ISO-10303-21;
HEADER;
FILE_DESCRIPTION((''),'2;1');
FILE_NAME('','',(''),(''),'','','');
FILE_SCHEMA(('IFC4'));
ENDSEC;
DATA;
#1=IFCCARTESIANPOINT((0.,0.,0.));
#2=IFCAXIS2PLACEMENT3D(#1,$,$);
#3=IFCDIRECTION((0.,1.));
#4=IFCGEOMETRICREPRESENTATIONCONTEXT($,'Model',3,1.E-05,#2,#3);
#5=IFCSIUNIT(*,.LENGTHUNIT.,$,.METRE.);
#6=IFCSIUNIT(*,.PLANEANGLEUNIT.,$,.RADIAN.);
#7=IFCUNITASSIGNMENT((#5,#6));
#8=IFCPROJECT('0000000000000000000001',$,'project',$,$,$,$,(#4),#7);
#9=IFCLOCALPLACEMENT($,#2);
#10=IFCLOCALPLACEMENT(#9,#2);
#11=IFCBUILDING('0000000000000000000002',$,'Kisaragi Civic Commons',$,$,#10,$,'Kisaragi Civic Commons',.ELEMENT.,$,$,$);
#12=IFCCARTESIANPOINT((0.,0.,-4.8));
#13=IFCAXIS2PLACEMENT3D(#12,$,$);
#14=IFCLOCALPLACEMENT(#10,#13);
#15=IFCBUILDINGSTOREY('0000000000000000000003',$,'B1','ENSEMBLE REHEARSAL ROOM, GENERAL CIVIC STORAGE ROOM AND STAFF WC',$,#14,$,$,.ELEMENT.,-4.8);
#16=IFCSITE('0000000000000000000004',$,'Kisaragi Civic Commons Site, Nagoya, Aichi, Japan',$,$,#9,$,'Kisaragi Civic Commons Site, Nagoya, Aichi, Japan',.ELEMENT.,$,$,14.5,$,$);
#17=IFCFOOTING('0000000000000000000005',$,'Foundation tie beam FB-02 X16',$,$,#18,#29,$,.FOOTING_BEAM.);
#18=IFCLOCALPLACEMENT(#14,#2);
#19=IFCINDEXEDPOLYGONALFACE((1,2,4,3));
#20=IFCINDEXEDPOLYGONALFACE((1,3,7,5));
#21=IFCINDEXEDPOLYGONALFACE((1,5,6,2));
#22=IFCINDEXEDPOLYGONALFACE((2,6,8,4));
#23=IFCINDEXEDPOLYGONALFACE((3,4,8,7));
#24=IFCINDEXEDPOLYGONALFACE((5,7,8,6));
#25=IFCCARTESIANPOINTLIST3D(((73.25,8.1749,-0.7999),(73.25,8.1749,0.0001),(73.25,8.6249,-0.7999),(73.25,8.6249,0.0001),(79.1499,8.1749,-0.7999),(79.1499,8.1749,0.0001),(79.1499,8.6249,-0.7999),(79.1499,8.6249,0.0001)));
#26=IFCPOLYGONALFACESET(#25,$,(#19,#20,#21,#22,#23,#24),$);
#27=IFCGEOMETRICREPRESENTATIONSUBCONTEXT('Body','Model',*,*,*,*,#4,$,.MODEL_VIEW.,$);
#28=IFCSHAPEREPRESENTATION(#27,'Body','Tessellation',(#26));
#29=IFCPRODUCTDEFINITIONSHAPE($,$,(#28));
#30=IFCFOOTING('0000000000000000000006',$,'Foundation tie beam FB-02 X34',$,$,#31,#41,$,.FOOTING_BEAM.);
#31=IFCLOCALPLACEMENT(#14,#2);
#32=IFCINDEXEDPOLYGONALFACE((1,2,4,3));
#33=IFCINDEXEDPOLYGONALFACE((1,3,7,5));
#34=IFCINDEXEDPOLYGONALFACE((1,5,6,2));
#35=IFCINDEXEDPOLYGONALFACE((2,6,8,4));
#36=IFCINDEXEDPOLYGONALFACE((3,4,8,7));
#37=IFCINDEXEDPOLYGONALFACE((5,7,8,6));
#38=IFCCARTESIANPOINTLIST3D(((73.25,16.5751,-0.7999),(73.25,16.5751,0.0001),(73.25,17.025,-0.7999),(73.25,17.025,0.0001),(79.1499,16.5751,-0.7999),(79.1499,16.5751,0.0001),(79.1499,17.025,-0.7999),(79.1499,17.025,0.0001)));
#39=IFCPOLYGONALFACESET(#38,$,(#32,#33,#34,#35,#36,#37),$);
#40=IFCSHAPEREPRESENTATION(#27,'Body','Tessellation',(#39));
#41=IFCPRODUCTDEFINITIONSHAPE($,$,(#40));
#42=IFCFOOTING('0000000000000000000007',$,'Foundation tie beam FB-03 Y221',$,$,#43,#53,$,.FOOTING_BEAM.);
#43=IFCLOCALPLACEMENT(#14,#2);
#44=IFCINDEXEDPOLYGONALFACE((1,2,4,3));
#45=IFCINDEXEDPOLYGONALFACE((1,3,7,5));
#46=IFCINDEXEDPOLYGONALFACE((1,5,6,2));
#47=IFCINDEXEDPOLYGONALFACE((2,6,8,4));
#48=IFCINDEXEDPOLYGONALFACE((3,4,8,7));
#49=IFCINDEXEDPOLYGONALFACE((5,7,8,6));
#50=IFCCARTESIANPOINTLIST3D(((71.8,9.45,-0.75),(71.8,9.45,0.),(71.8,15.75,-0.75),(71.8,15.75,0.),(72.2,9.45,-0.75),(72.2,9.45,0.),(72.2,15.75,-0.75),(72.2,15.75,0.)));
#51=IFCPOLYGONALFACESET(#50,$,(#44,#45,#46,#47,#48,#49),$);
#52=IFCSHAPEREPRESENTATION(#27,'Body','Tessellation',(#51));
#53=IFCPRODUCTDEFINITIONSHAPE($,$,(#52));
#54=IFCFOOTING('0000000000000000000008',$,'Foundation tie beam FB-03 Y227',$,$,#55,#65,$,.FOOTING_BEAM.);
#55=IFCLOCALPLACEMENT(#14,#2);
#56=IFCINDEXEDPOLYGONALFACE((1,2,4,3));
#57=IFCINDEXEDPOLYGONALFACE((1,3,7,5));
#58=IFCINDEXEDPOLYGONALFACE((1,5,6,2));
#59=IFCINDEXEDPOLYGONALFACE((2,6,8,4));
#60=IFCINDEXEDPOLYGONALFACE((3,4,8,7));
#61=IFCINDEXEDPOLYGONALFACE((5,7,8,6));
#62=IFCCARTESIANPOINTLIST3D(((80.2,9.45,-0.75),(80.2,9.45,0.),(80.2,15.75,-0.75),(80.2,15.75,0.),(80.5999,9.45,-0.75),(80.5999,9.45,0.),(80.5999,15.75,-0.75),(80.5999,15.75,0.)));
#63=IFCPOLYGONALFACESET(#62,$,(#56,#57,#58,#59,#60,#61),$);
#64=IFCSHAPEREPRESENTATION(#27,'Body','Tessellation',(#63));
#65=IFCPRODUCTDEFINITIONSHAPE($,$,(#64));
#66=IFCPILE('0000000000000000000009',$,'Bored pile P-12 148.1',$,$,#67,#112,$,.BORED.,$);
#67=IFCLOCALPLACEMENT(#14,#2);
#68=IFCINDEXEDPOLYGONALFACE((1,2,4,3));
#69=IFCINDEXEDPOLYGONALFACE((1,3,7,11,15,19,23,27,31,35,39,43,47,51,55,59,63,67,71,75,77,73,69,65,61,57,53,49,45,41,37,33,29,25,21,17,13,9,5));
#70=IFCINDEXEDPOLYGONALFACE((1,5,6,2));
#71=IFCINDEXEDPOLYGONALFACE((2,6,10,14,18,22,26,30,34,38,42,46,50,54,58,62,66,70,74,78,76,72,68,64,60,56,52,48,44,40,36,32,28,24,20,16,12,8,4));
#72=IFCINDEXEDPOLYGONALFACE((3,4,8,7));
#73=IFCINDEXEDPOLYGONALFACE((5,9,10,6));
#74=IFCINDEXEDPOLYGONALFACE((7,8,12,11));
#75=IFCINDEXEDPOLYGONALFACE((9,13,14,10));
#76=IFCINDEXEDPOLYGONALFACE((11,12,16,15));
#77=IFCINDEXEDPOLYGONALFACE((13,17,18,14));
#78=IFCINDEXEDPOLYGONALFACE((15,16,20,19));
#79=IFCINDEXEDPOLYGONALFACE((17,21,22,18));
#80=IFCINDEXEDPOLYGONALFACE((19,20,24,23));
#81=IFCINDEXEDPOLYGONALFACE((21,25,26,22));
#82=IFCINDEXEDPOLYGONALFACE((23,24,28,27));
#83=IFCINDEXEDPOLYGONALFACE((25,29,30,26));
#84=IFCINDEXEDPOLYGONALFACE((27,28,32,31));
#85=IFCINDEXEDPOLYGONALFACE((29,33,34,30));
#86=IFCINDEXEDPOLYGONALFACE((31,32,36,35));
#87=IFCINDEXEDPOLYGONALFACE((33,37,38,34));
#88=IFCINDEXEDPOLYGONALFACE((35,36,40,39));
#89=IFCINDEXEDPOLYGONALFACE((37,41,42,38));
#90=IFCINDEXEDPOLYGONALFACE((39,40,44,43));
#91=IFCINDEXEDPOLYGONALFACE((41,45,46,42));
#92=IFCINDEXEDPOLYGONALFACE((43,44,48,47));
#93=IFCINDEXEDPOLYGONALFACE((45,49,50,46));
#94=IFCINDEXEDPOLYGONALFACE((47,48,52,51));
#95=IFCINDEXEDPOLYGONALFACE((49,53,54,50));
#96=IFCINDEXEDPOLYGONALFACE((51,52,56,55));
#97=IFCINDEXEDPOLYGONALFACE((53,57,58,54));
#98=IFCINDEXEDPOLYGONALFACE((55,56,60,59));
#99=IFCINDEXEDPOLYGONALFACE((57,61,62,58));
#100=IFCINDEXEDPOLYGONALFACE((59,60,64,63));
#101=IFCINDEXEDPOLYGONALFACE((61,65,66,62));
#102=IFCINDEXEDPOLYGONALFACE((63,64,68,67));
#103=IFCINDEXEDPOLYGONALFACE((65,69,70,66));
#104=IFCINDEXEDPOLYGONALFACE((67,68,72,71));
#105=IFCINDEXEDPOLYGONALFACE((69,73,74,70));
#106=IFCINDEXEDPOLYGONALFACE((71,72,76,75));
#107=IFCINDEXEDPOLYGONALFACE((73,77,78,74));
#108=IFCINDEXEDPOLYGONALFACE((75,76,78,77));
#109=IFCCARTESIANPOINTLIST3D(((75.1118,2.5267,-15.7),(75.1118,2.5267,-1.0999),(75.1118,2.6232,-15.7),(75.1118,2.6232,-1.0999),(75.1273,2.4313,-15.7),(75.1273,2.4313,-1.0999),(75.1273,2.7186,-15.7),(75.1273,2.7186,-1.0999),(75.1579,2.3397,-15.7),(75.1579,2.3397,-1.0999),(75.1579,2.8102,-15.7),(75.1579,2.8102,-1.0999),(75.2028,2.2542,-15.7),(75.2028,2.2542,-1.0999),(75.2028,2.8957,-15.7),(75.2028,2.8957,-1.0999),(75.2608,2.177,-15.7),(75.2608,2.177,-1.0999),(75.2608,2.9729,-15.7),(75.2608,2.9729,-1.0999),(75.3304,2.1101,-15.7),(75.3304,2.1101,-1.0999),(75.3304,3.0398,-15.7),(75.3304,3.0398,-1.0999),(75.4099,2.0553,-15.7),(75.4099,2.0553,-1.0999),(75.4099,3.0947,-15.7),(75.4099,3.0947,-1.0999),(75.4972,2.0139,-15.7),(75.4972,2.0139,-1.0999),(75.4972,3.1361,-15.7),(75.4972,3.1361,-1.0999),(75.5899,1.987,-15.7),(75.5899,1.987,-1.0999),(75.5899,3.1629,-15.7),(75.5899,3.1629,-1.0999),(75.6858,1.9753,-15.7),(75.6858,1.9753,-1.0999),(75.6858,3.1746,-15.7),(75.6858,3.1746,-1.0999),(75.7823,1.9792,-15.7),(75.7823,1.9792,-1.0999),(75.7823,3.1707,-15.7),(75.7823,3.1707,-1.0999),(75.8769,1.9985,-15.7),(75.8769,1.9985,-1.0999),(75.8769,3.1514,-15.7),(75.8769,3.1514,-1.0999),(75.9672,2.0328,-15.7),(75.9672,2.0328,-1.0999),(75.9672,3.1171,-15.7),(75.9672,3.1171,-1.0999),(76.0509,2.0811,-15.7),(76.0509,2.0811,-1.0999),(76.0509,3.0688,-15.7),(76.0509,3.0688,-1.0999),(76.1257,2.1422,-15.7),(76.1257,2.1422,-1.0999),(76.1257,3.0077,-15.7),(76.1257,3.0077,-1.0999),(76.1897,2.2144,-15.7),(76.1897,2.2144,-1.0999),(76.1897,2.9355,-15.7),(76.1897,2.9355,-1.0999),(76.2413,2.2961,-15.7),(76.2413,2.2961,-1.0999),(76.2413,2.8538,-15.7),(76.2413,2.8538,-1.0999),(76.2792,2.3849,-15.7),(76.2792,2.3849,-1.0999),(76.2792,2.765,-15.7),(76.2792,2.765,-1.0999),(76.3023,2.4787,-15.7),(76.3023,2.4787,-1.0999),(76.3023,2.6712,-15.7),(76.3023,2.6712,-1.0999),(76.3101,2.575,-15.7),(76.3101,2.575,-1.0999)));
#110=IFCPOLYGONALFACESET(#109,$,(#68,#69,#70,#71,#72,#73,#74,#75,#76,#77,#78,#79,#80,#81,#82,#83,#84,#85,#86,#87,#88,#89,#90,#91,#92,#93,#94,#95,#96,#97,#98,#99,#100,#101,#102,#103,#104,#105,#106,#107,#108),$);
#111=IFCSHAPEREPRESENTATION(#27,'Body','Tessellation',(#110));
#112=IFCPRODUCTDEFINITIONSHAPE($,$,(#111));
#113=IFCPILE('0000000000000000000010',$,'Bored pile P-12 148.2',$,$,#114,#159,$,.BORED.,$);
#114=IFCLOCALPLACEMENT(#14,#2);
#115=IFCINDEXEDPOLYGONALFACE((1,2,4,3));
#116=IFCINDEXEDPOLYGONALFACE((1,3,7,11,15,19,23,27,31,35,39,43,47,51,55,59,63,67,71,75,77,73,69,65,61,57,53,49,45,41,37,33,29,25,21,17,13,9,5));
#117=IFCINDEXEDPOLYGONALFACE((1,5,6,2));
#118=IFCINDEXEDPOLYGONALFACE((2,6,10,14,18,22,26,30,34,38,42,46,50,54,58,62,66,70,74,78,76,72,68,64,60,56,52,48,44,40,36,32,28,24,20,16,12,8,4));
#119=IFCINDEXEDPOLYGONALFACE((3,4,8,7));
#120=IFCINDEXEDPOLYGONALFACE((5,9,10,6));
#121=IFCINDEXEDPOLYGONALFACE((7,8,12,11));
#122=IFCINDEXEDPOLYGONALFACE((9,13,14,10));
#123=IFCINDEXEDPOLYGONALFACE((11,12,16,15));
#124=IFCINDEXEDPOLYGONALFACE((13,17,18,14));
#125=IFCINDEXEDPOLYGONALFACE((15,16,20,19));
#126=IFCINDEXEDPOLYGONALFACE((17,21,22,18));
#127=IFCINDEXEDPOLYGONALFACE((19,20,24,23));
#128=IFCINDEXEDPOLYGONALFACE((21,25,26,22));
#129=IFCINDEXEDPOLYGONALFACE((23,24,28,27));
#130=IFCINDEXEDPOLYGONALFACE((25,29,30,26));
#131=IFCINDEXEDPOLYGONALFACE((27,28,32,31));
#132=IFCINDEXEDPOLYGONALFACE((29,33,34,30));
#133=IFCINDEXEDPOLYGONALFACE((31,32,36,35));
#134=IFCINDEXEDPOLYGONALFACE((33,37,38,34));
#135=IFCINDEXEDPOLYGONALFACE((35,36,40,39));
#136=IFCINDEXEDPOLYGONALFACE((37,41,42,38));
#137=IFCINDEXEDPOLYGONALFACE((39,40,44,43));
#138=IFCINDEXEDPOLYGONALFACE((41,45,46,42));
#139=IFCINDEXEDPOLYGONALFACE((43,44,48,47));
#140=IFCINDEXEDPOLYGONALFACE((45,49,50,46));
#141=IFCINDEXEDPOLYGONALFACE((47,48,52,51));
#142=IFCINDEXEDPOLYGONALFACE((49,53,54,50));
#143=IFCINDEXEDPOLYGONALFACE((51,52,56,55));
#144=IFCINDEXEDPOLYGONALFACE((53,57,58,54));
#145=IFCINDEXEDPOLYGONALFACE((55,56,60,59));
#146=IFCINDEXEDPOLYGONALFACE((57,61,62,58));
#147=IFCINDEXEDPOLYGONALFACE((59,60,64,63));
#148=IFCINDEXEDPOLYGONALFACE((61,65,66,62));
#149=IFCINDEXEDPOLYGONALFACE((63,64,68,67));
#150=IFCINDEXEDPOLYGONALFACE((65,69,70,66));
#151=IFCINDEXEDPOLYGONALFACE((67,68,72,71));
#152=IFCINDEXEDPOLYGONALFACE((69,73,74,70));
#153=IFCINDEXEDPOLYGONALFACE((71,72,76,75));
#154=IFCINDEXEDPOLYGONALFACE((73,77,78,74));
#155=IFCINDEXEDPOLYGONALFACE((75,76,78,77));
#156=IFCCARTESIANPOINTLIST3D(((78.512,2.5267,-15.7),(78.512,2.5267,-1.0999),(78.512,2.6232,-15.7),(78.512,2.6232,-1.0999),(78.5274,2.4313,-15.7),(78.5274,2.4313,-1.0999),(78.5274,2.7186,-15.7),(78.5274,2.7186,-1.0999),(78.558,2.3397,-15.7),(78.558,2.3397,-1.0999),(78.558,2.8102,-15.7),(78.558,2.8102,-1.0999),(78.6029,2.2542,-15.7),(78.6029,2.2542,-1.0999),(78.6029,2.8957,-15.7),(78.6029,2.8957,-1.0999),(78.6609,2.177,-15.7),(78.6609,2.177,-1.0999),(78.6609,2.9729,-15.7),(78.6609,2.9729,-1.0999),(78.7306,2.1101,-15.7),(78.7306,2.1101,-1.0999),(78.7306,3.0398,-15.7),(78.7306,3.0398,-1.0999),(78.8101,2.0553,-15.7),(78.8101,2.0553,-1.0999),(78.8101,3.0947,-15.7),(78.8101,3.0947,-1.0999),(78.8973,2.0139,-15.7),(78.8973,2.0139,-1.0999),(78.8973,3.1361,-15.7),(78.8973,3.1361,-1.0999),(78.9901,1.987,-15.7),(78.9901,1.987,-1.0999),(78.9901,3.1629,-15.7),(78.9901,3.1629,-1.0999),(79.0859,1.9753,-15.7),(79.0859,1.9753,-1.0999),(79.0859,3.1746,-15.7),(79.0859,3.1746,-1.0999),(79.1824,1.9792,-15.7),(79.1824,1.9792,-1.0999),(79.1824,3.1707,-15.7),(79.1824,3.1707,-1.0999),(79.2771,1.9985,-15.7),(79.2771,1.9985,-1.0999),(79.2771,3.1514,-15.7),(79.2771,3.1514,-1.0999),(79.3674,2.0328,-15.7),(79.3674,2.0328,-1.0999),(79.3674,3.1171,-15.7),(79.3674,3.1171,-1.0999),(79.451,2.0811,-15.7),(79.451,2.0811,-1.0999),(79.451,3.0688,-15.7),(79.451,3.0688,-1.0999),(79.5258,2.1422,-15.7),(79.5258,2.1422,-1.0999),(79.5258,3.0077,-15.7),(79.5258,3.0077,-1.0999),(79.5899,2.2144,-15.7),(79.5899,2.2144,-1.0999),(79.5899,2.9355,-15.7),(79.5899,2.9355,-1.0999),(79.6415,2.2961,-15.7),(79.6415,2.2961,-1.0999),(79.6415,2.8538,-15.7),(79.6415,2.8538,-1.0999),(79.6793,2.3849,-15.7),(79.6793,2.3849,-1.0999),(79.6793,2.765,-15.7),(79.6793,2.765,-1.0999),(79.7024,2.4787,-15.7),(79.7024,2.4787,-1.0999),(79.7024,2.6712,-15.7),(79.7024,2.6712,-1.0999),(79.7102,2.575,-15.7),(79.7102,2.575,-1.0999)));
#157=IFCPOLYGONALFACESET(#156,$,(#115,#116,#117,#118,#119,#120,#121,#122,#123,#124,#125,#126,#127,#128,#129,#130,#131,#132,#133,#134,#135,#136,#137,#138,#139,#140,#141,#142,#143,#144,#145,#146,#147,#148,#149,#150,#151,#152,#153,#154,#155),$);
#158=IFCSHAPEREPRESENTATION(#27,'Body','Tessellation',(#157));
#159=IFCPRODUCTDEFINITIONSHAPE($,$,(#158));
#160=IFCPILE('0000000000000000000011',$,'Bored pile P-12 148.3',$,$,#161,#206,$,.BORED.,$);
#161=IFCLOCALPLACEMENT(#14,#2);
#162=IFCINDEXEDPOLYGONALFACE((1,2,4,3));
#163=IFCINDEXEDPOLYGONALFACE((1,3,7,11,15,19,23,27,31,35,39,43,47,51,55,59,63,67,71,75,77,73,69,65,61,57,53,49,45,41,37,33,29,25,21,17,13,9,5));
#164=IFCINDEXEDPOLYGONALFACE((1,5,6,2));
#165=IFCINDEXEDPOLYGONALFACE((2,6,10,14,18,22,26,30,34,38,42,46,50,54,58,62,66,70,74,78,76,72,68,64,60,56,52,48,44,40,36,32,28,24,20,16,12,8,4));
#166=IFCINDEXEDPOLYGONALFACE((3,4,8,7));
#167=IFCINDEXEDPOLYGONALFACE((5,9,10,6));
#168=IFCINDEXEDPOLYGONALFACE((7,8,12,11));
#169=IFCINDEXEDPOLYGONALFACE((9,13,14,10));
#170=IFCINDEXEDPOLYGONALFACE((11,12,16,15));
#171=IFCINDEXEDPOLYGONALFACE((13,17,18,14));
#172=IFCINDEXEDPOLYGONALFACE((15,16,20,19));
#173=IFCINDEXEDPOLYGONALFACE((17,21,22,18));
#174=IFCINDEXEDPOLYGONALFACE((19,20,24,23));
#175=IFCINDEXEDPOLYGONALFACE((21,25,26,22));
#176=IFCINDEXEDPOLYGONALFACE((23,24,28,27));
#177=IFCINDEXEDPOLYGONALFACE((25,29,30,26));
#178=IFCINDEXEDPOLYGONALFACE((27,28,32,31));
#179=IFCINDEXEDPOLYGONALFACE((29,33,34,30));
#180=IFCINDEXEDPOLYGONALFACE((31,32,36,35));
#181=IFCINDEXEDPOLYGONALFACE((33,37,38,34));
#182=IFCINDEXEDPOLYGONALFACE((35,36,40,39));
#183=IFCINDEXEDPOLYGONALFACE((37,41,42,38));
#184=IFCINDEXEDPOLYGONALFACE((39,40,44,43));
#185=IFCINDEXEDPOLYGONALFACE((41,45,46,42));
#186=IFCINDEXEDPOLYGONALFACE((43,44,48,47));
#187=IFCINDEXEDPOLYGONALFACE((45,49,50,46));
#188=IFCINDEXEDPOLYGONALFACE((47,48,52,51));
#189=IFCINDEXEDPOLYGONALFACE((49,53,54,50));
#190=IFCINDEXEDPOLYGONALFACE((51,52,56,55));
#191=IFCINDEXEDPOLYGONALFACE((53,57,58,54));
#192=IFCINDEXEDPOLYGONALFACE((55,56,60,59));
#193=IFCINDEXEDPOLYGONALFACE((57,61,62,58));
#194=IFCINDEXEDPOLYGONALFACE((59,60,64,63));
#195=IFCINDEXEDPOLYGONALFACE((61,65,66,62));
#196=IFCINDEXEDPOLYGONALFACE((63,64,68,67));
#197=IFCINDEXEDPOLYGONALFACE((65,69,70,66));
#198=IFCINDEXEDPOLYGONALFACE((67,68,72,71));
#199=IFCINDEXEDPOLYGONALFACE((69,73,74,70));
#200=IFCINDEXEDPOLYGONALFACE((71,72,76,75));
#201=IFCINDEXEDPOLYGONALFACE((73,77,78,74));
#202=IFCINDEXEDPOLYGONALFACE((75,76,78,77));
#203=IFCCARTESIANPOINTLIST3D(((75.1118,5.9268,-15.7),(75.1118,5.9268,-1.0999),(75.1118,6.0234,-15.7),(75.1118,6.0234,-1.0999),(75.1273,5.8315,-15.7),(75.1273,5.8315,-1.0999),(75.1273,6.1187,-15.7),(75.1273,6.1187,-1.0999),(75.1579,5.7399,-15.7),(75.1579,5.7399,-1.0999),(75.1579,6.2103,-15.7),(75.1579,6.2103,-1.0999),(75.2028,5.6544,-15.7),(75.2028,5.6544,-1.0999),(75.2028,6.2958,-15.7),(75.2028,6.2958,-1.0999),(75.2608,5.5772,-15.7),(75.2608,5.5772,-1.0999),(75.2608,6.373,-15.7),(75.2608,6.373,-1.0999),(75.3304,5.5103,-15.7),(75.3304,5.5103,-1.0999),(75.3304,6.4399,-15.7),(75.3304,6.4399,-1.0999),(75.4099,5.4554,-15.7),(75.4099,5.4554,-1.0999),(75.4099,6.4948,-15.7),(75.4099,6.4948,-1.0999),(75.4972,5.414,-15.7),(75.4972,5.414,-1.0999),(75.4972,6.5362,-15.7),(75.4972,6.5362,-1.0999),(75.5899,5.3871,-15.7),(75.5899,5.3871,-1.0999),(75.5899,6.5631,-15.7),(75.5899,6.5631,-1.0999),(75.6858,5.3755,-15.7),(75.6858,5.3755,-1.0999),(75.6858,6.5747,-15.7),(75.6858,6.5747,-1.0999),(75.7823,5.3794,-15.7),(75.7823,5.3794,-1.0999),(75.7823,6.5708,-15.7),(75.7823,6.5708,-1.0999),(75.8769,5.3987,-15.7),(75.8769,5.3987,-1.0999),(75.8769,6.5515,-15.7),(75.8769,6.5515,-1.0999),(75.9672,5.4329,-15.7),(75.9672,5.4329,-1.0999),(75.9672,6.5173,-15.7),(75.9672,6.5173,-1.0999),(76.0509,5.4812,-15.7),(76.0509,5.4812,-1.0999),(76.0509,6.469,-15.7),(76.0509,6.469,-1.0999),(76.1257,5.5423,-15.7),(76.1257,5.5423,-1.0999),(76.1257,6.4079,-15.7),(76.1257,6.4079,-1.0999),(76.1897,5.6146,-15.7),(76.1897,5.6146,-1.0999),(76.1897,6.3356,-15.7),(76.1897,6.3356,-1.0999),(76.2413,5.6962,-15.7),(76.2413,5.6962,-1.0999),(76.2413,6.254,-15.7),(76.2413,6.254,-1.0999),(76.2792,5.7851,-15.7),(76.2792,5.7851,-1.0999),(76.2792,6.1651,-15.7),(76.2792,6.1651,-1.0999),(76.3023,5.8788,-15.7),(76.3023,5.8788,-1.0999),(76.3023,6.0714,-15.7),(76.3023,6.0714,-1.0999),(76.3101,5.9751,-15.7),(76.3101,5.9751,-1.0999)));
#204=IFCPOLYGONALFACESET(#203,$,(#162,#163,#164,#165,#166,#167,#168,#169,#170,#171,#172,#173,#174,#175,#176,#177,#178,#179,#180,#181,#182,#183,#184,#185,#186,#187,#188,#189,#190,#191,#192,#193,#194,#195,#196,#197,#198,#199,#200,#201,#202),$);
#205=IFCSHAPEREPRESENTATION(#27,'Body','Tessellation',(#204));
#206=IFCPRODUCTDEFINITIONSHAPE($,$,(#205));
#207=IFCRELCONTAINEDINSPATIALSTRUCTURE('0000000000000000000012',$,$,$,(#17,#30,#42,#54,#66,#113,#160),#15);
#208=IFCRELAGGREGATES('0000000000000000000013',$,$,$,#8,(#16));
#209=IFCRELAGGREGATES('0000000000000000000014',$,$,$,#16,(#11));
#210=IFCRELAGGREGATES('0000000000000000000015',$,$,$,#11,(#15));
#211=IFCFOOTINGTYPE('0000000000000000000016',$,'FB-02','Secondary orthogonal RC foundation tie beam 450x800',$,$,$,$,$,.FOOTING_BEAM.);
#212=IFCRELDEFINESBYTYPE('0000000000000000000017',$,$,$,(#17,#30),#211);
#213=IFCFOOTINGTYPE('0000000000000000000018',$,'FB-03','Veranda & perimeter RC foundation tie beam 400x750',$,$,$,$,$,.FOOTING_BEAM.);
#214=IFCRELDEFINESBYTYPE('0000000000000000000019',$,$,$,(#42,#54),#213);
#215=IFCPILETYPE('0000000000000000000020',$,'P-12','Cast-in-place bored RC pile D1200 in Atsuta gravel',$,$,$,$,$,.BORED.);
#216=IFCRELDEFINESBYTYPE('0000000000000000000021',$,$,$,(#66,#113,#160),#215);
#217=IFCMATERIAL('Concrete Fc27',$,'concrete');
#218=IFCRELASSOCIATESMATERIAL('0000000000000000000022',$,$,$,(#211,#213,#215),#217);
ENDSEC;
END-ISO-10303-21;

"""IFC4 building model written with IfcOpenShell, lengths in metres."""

from ifc_helpers import new_model, si_unit, direction, frame, origin, origin_2d, place, context, subcontext, project, spatial, rectangle, circle, extrude, material, material_profile, profile_set, type_object, element, save


model = new_model("IFC4")

# Units and contexts
model_context = context("Model", 3, precision=1e-05, world=origin(), true_north=direction((0.0, 1.0)))
body_context = subcontext(model_context, "Body", "Model", "MODEL_VIEW")
ifc_project = project(units=[si_unit("LENGTHUNIT", "METRE"), si_unit("PLANEANGLEUNIT", "RADIAN")], contexts=[model_context])

# Site, building, storey
site_placement = place(None, origin())
site = spatial("IfcSite", under=ifc_project, at=site_placement, Name="Kisaragi Civic Commons Site, Nagoya, Aichi, Japan", LongName="Kisaragi Civic Commons Site, Nagoya, Aichi, Japan", CompositionType="ELEMENT", RefElevation=14.5)
building_placement = place(site_placement, origin())
building = spatial("IfcBuilding", under=site, at=building_placement, Name="Kisaragi Civic Commons", LongName="Kisaragi Civic Commons", CompositionType="ELEMENT")
storey_placement = place(building_placement, frame((0.0, 0.0, -4.8)))
storey = spatial("IfcBuildingStorey", under=building, at=storey_placement, Name="B1", Description="ENSEMBLE REHEARSAL ROOM, GENERAL CIVIC STORAGE ROOM AND STAFF WC", CompositionType="ELEMENT", Elevation=-4.8)

# Footings
ifc_material_1 = material(Name="Concrete Fc27", Category="concrete")
ifc_material_profile_1 = material_profile(ifc_material_1, rectangle(XDim=0.45, YDim=0.8, at=origin_2d()), Name="RC-450x800", Category="concrete")
ifc_profile_set_1 = profile_set([ifc_material_profile_1], Name="Concrete Fc27")
footing_type_1 = type_object("IfcFootingType", Name="FB-02", Description="Secondary orthogonal RC foundation tie beam 450x800", PredefinedType="FOOTING_BEAM", material=ifc_profile_set_1)
for number, where, z_axis, x_axis, name in (
    (1, (73.25, 8.3999, -0.3999), (1.0, 0.0, 0.0), (0.0, 1.0, 0.0), "Foundation tie beam FB-02 X16"),
    (2, (73.25, 16.8, -0.3999), (1.0, 0.0, 0.0), (0.0, 1.0, 0.0), "Foundation tie beam FB-02 X34"),
):
    element("IfcFooting", number, at=place(storey_placement, frame(where, z_axis=z_axis, x_axis=x_axis)), inside=storey, type_object=footing_type_1, Name=name, PredefinedType="FOOTING_BEAM", context=body_context, shape_type="SweptSolid", body=[
        extrude(rectangle(XDim=0.45, YDim=0.8, at=origin_2d()), origin(), (0.0, 0.0, 1.0), 5.8999),
    ])
ifc_material_profile_2 = material_profile(ifc_material_1, rectangle(XDim=0.3999, YDim=0.75, at=origin_2d()), Name="RC-400x750", Category="concrete")
ifc_profile_set_2 = profile_set([ifc_material_profile_2], Name="Concrete Fc27")
footing_type_2 = type_object("IfcFootingType", Name="FB-03", Description="Veranda & perimeter RC foundation tie beam 400x750", PredefinedType="FOOTING_BEAM", material=ifc_profile_set_2)
for number, where, z_axis, x_axis, name in (
    (3, (72.0, 9.45, -0.375), (0.0, 1.0, 0.0), (-1.0, 0.0, 0.0), "Foundation tie beam FB-03 Y221"),
    (4, (80.3999, 9.45, -0.375), (0.0, 1.0, 0.0), (-1.0, 0.0, 0.0), "Foundation tie beam FB-03 Y227"),
):
    element("IfcFooting", number, at=place(storey_placement, frame(where, z_axis=z_axis, x_axis=x_axis)), inside=storey, type_object=footing_type_2, Name=name, PredefinedType="FOOTING_BEAM", context=body_context, shape_type="SweptSolid", body=[
        extrude(rectangle(XDim=0.3999, YDim=0.75, at=origin_2d()), origin(), (0.0, 0.0, 1.0), 6.3),
    ])

# Piles
ifc_material_profile_3 = material_profile(ifc_material_1, circle(Radius=0.6001, at=origin_2d()), Name="PILE-D1200", Category="concrete")
ifc_profile_set_3 = profile_set([ifc_material_profile_3], Name="Concrete Fc27")
pile_type = type_object("IfcPileType", Name="P-12", Description="Cast-in-place bored RC pile D1200 in Atsuta gravel", PredefinedType="BORED", material=ifc_profile_set_3)
for number, where, z_axis, x_axis, name in (
    (5, (75.71, 2.575, -1.0999), (0.0, 0.0, -1.0), (1.0, 0.0, 0.0), "Bored pile P-12 148.1"),
    (6, (79.1101, 2.575, -1.0999), (0.0, 0.0, -1.0), (1.0, 0.0, 0.0), "Bored pile P-12 148.2"),
    (7, (75.71, 5.9751, -1.0999), (0.0, 0.0, -1.0), (1.0, 0.0, 0.0), "Bored pile P-12 148.3"),
):
    element("IfcPile", number, at=place(storey_placement, frame(where, z_axis=z_axis, x_axis=x_axis)), inside=storey, type_object=pile_type, Name=name, PredefinedType="BORED", context=body_context, shape_type="SweptSolid", body=[
        extrude(circle(Radius=0.6001, at=origin_2d()), origin(), (0.0, 0.0, 1.0), 14.6001),
    ])

save(model, "model.ifc")
